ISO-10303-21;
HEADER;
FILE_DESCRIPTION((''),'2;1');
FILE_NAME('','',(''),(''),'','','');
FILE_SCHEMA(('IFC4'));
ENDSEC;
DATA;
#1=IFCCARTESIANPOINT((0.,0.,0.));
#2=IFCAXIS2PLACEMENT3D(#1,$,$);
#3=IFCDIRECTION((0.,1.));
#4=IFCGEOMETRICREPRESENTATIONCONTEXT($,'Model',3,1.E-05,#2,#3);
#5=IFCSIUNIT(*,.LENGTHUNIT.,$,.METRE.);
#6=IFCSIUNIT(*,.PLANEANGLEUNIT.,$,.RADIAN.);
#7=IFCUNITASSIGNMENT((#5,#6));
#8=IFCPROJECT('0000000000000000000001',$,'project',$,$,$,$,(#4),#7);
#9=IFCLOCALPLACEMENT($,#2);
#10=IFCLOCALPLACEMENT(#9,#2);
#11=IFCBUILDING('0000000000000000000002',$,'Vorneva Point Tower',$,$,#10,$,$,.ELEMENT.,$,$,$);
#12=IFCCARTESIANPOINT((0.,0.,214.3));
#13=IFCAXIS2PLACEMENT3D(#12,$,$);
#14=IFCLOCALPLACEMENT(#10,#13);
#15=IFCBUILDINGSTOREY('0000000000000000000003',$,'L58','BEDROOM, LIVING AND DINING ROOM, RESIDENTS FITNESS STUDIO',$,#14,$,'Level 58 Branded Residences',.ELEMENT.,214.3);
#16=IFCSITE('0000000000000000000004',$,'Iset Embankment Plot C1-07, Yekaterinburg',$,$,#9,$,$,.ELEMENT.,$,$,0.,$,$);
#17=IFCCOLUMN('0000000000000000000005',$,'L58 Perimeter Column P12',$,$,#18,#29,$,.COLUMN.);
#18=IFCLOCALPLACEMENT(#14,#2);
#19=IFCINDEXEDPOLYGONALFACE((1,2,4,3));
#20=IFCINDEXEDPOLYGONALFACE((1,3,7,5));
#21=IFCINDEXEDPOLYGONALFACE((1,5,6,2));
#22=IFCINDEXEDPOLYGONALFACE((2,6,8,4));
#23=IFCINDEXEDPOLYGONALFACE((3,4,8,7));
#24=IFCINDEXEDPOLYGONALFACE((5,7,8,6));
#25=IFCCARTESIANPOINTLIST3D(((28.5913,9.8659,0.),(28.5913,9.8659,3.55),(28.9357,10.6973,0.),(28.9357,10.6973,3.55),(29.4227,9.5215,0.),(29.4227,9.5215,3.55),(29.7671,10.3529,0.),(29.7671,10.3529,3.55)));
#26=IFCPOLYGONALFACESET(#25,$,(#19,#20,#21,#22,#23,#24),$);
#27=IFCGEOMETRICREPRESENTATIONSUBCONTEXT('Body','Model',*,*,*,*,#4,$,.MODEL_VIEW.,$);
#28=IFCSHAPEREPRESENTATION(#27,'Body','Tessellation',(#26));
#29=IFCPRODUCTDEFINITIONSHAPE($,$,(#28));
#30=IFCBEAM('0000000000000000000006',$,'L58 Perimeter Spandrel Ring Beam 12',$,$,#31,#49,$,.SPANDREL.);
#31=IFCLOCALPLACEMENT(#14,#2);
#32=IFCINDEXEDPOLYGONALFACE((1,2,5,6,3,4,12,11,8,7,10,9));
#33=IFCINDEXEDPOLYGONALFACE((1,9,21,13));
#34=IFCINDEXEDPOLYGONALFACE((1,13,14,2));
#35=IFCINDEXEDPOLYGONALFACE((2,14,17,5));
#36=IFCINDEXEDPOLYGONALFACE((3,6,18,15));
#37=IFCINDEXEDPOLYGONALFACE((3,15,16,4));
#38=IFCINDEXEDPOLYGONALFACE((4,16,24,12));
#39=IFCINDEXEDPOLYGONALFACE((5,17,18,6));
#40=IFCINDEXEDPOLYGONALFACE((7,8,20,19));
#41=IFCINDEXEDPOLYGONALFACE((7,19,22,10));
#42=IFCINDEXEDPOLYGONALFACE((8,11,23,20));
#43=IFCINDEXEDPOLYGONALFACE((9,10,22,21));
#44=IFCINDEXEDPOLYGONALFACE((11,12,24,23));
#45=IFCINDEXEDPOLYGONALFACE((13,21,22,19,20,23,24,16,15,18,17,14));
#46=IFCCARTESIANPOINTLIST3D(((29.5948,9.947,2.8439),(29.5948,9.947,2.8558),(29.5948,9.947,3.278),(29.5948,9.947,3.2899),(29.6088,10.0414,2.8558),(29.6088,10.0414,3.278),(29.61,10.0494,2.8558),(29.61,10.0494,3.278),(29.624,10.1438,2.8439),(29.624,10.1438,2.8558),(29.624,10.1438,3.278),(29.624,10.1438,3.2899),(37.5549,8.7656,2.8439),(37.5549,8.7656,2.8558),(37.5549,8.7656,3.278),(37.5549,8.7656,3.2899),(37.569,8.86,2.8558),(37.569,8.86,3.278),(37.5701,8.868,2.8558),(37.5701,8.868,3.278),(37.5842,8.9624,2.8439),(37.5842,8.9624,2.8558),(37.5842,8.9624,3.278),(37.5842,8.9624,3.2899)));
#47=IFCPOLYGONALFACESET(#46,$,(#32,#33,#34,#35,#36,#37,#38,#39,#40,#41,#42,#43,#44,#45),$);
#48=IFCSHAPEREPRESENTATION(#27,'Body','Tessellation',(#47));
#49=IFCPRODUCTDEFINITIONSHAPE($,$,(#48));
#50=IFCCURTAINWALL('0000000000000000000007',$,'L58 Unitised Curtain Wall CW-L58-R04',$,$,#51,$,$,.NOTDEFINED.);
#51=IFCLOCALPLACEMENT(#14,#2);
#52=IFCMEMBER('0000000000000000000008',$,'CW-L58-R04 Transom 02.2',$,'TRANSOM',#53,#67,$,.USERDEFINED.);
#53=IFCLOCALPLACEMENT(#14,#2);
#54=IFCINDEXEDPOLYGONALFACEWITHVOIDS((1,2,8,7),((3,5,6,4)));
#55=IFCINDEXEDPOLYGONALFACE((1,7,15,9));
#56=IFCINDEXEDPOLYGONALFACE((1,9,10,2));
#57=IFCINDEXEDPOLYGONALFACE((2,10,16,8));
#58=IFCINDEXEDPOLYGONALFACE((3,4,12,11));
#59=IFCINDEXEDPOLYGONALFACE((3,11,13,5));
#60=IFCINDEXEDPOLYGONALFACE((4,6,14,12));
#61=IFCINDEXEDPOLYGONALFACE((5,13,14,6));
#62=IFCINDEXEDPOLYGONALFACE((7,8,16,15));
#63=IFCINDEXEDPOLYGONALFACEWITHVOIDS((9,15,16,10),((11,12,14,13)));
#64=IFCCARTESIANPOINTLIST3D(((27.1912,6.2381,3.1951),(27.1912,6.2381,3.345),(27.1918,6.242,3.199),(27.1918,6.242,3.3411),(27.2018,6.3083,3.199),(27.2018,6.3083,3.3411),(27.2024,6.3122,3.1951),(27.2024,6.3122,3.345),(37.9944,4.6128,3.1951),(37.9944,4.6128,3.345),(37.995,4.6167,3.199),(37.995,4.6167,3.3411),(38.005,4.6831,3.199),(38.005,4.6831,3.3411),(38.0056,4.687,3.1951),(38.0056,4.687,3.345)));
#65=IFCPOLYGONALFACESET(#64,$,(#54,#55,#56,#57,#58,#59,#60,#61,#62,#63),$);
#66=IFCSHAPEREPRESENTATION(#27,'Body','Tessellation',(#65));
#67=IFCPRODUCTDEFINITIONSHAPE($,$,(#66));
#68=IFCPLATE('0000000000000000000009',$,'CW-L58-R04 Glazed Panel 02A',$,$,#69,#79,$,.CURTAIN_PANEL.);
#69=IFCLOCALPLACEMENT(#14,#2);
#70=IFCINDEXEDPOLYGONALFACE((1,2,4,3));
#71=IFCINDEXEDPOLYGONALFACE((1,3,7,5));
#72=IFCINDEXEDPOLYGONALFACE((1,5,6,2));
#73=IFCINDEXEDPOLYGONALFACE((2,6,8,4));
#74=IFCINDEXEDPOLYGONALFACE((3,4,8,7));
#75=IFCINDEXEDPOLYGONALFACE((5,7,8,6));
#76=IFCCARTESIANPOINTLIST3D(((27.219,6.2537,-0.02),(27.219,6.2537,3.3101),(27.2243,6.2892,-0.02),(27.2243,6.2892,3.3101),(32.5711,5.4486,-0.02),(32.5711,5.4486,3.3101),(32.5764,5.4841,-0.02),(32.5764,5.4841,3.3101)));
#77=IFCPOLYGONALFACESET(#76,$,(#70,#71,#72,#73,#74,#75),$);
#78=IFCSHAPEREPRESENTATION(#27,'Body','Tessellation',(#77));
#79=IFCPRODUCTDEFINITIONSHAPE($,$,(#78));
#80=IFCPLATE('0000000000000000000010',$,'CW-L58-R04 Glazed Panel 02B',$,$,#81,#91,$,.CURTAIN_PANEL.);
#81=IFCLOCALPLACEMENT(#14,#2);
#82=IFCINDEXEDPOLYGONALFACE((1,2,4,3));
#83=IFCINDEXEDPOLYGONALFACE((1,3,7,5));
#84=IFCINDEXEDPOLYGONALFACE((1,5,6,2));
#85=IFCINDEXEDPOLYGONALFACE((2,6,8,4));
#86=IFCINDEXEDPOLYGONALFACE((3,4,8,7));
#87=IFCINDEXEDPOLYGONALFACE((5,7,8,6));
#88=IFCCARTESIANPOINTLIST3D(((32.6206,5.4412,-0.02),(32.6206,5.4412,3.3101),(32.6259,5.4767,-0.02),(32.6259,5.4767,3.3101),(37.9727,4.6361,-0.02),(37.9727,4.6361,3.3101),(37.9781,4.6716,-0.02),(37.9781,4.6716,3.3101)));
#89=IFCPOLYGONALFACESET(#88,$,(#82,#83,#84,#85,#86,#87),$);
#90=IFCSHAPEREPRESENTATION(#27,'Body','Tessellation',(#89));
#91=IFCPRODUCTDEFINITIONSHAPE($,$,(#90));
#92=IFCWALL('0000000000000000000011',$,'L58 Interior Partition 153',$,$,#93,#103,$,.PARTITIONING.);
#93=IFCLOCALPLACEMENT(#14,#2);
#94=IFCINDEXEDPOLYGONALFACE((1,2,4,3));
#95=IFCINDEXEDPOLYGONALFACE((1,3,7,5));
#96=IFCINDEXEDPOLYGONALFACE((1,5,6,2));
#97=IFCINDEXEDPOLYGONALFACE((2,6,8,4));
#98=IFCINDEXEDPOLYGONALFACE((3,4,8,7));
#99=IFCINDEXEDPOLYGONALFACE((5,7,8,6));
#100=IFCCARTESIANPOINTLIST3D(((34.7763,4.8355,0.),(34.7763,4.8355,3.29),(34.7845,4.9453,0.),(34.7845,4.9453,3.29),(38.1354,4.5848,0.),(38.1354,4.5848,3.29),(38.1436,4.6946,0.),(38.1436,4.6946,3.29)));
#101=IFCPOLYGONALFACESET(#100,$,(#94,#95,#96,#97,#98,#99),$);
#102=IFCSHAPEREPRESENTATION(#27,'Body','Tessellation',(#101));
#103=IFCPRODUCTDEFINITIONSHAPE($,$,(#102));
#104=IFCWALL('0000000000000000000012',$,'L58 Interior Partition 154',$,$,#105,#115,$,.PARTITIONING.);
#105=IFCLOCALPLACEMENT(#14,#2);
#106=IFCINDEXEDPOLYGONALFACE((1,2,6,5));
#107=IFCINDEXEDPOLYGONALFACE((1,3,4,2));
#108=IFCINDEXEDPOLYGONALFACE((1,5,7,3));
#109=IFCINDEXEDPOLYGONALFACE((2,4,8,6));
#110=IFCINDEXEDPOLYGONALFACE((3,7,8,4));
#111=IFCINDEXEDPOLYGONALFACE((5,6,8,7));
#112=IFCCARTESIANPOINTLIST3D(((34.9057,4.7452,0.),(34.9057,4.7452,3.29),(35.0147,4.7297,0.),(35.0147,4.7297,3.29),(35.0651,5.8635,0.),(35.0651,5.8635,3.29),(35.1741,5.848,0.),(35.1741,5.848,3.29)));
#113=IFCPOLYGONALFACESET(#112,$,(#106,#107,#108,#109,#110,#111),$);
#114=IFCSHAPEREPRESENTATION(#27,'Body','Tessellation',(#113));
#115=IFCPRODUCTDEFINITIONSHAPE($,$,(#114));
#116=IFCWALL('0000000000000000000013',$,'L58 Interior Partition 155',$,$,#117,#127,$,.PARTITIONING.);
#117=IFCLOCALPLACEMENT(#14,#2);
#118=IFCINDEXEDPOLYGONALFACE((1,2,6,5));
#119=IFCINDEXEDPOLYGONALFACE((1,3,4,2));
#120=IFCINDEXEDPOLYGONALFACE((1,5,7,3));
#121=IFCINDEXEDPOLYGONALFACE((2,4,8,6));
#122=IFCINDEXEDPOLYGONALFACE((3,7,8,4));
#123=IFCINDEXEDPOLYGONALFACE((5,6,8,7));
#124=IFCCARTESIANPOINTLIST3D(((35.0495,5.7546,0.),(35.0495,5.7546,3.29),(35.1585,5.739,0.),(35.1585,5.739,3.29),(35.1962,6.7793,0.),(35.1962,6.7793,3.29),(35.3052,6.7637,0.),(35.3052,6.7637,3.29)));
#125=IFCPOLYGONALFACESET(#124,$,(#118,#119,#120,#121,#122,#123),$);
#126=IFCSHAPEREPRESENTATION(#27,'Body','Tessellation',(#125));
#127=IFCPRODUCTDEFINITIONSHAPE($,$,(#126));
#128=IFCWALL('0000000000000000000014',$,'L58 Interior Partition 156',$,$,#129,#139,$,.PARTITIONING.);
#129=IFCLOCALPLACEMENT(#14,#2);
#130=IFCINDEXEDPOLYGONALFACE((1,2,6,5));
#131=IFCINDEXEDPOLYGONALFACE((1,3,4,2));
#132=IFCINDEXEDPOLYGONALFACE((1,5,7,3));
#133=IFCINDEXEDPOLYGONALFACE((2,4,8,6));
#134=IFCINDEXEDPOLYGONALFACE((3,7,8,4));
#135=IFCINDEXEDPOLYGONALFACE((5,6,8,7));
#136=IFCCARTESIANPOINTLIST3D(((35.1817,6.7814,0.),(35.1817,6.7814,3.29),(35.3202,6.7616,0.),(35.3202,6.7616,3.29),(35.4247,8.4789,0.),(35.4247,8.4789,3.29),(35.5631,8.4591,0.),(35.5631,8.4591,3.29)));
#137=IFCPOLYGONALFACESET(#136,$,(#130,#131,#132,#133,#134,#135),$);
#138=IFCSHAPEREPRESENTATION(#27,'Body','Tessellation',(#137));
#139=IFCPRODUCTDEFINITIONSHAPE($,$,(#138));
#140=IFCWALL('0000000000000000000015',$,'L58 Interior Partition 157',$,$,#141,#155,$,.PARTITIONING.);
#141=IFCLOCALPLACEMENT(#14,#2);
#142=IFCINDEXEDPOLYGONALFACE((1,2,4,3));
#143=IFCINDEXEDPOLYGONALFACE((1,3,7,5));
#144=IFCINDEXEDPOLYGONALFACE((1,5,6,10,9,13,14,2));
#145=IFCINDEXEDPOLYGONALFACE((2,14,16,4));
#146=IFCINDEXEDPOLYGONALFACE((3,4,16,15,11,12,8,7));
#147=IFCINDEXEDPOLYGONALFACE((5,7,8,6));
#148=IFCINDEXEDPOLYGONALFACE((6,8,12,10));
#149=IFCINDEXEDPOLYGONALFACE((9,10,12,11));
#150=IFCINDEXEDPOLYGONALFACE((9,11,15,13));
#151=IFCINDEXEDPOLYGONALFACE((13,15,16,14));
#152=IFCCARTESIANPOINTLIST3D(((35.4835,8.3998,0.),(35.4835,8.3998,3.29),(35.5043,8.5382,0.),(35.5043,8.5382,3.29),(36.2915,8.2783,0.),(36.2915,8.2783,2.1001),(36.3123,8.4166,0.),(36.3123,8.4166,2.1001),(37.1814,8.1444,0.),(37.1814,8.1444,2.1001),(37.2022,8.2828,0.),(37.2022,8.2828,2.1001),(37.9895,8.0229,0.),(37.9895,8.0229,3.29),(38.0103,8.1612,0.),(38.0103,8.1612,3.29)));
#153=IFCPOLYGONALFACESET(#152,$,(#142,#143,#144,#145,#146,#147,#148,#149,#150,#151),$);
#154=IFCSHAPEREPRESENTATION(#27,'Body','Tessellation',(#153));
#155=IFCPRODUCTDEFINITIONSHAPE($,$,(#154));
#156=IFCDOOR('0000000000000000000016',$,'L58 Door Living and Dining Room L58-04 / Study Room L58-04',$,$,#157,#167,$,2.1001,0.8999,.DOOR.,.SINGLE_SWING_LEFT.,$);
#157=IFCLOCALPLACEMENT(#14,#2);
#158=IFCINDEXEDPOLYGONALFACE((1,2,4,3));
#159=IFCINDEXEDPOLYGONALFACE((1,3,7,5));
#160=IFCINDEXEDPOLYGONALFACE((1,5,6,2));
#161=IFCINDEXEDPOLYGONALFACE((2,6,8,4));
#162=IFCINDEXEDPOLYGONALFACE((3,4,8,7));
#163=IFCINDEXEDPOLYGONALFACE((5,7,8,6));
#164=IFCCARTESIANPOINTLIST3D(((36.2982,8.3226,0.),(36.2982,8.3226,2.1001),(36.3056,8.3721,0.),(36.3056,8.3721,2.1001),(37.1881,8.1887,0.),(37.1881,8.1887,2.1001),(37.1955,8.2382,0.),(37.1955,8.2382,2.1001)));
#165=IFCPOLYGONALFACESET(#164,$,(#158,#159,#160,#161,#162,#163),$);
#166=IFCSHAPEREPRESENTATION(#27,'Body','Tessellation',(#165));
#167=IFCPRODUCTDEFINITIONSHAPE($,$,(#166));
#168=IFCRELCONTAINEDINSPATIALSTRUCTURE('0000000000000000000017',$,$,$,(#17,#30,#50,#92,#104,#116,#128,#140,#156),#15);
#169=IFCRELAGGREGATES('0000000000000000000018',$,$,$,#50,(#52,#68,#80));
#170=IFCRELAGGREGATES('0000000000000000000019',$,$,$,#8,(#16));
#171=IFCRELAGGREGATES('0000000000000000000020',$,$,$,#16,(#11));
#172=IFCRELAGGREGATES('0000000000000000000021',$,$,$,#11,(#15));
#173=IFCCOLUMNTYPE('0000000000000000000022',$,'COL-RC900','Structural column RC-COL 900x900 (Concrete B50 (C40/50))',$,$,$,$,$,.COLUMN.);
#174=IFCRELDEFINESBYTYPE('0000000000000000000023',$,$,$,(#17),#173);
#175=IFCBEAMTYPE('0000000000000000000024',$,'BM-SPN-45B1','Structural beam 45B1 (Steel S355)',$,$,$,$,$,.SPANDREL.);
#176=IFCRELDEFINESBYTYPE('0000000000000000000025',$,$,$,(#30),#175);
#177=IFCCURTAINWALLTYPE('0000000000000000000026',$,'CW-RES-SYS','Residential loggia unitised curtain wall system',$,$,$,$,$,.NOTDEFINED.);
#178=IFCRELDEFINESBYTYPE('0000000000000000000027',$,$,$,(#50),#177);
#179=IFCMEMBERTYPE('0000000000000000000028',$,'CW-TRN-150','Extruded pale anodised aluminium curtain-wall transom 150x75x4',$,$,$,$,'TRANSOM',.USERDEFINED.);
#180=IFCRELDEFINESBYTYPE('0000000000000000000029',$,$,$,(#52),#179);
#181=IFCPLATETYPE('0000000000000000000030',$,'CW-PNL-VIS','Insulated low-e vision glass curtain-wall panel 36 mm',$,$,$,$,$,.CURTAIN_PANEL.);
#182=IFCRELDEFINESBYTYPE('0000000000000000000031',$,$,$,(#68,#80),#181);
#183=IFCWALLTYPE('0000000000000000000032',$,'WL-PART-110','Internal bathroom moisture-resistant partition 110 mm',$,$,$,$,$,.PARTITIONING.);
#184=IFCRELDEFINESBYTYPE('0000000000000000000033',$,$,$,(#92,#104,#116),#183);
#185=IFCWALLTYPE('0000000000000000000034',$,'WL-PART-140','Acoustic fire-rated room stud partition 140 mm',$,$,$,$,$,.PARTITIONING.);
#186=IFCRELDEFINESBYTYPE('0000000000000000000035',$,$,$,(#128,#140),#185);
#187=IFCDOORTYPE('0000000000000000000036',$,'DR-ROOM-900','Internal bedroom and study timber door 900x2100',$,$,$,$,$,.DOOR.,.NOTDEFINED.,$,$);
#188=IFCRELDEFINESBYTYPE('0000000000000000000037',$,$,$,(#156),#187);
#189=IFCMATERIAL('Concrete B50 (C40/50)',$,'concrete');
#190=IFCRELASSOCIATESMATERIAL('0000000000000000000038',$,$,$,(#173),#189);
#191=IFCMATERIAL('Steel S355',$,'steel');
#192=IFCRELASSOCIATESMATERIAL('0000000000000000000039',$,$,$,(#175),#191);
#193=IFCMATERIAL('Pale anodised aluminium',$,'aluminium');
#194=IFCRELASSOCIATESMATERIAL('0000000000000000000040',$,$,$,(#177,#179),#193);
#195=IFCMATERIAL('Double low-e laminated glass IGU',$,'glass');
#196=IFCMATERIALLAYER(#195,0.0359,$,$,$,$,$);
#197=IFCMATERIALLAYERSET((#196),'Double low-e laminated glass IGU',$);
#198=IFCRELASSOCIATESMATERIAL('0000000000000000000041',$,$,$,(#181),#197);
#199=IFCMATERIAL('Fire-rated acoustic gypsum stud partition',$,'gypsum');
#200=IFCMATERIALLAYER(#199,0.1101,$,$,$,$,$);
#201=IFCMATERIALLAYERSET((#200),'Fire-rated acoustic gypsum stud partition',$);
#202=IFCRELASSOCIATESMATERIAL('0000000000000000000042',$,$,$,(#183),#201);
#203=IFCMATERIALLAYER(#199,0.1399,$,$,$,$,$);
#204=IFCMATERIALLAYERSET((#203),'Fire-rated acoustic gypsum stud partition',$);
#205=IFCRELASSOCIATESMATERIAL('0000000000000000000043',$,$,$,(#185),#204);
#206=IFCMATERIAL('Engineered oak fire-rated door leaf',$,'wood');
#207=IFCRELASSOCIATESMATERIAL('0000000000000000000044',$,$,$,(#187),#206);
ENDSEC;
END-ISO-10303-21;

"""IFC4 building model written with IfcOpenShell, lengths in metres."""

from ifc_helpers import new_model, si_unit, direction, frame, frame_2d, origin, origin_2d, place, context, subcontext, project, spatial, rectangle, hollow_rectangle, i_section, extrude, material, layer, layer_set, material_profile, profile_set, type_object, element, fill, aggregate, save


model = new_model("IFC4")

# Units and contexts
model_context = context("Model", 3, precision=1e-05, world=origin(), true_north=direction((0.0, 1.0)))
body_context = subcontext(model_context, "Body", "Model", "MODEL_VIEW")
ifc_project = project(units=[si_unit("LENGTHUNIT", "METRE"), si_unit("PLANEANGLEUNIT", "RADIAN")], contexts=[model_context])

# Site, building, storey
site_placement = place(None, origin())
site = spatial("IfcSite", under=ifc_project, at=site_placement, Name="Iset Embankment Plot C1-07, Yekaterinburg", CompositionType="ELEMENT", RefElevation=0.0)
building_placement = place(site_placement, origin())
building = spatial("IfcBuilding", under=site, at=building_placement, Name="Vorneva Point Tower", CompositionType="ELEMENT")
storey_placement = place(building_placement, frame((0.0, 0.0, 214.3)))
storey = spatial("IfcBuildingStorey", under=building, at=storey_placement, Name="L58", Description="BEDROOM, LIVING AND DINING ROOM, RESIDENTS FITNESS STUDIO", LongName="Level 58 Branded Residences", CompositionType="ELEMENT", Elevation=214.3)

# Column
ifc_material_1 = material(Name="Concrete B50 (C40/50)", Category="concrete")
ifc_material_profile_1 = material_profile(ifc_material_1, rectangle(XDim=0.8999, YDim=0.8999, at=origin_2d()), Name="RC-COL 900x900")
ifc_profile_set_1 = profile_set([ifc_material_profile_1], Name="Concrete B50 (C40/50)")
column_type = type_object("IfcColumnType", Name="COL-RC900", Description="Structural column RC-COL 900x900 (Concrete B50 (C40/50))", PredefinedType="COLUMN", material=ifc_profile_set_1)
column_placement = place(storey_placement, frame((29.1792, 10.1094, 0.0), z_axis=(0.0, 0.0, 1.0), x_axis=(-0.382683, -0.92388, 0.0)))
element("IfcColumn", 1, at=column_placement, inside=storey, type_object=column_type, Name="L58 Perimeter Column P12", PredefinedType="COLUMN", context=body_context, shape_type="SweptSolid", body=[
    extrude(rectangle(XDim=0.8999, YDim=0.8999, at=origin_2d()), origin(), (0.0, 0.0, 1.0), 3.55),
])

# Beam
ifc_material_2 = material(Name="Steel S355", Category="steel")
ifc_material_profile_2 = material_profile(ifc_material_2, i_section(OverallWidth=0.199, OverallDepth=0.446, WebThickness=0.0081, FlangeThickness=0.012, at=origin_2d()), Name="45B1")
ifc_profile_set_2 = profile_set([ifc_material_profile_2], Name="Steel S355")
beam_type = type_object("IfcBeamType", Name="BM-SPN-45B1", Description="Structural beam 45B1 (Steel S355)", PredefinedType="SPANDREL", material=ifc_profile_set_2)
beam_placement = place(storey_placement, frame((29.6094, 10.0454, 3.0669), z_axis=(0.989165, -0.146805, 0.0), x_axis=(0.146805, 0.989165, 0.0)))
element("IfcBeam", 2, at=beam_placement, inside=storey, type_object=beam_type, Name="L58 Perimeter Spandrel Ring Beam 12", PredefinedType="SPANDREL", context=body_context, shape_type="SweptSolid", body=[
    extrude(i_section(OverallWidth=0.199, OverallDepth=0.446, WebThickness=0.0081, FlangeThickness=0.012, at=origin_2d()), origin(), (0.0, 0.0, 1.0), 8.0474),
])

# Curtain wall, member, plates
ifc_material_3 = material(Name="Pale anodised aluminium", Category="aluminium")
curtain_wall_type = type_object("IfcCurtainWallType", Name="CW-RES-SYS", Description="Residential loggia unitised curtain wall system", PredefinedType="NOTDEFINED", material=ifc_material_3)
curtain_wall_placement = place(storey_placement, origin())
curtain_wall = element("IfcCurtainWall", 3, at=curtain_wall_placement, inside=storey, type_object=curtain_wall_type, Name="L58 Unitised Curtain Wall CW-L58-R04", PredefinedType="NOTDEFINED")
ifc_material_profile_3 = material_profile(ifc_material_3, hollow_rectangle(XDim=0.075, YDim=0.1499, WallThickness=0.0039, at=origin_2d()), Name="AL-TRN 150x75x4")
ifc_profile_set_3 = profile_set([ifc_material_profile_3], Name="Pale anodised aluminium")
member_type = type_object("IfcMemberType", Name="CW-TRN-150", Description="Extruded pale anodised aluminium curtain-wall transom 150x75x4", ElementType="TRANSOM", PredefinedType="USERDEFINED", material=ifc_profile_set_3)
member_placement = place(storey_placement, frame((27.1968, 6.2751, 3.27), z_axis=(0.988872, -0.148767, 0.0), x_axis=(0.148767, 0.988872, 0.0)))
member = element("IfcMember", 4, at=member_placement, type_object=member_type, Name="CW-L58-R04 Transom 02.2", ObjectType="TRANSOM", PredefinedType="USERDEFINED", context=body_context, shape_type="SweptSolid", body=[
    extrude(hollow_rectangle(XDim=0.075, YDim=0.1499, WallThickness=0.0039, at=origin_2d()), origin(), (0.0, 0.0, 1.0), 10.9248),
])
ifc_material_4 = material(Name="Double low-e laminated glass IGU", Category="glass")
ifc_layer_1 = layer(ifc_material_4, 0.0359)
ifc_layer_set_1 = layer_set([ifc_layer_1], Name="Double low-e laminated glass IGU")
plate_type = type_object("IfcPlateType", Name="CW-PNL-VIS", Description="Insulated low-e vision glass curtain-wall panel 36 mm", PredefinedType="CURTAIN_PANEL", material=ifc_layer_set_1)
plate_1_placement = place(storey_placement, frame((29.8977, 5.8689, -0.02), z_axis=(0.0, 0.0, 1.0), x_axis=(0.988874, -0.148759, 0.0)))
plate_1 = element("IfcPlate", 5, at=plate_1_placement, type_object=plate_type, Name="CW-L58-R04 Glazed Panel 02A", PredefinedType="CURTAIN_PANEL", context=body_context, shape_type="SweptSolid", body=[
    extrude(rectangle(XDim=5.4124, YDim=0.0359, at=origin_2d()), origin(), (0.0, 0.0, 1.0), 3.3301),
])
plate_2_placement = place(storey_placement, frame((35.2993, 5.0564, -0.02), z_axis=(0.0, 0.0, 1.0), x_axis=(0.988874, -0.148759, 0.0)))
plate_2 = element("IfcPlate", 6, at=plate_2_placement, type_object=plate_type, Name="CW-L58-R04 Glazed Panel 02B", PredefinedType="CURTAIN_PANEL", context=body_context, shape_type="SweptSolid", body=[
    extrude(rectangle(XDim=5.4124, YDim=0.0359, at=origin_2d()), origin(), (0.0, 0.0, 1.0), 3.3301),
])
aggregate(curtain_wall, [member, plate_1, plate_2])

# Walls
ifc_material_5 = material(Name="Fire-rated acoustic gypsum stud partition", Category="gypsum")
ifc_layer_2 = layer(ifc_material_5, 0.1101)
ifc_layer_set_2 = layer_set([ifc_layer_2], Name="Fire-rated acoustic gypsum stud partition")
wall_type_1 = type_object("IfcWallType", Name="WL-PART-110", Description="Internal bathroom moisture-resistant partition 110 mm", PredefinedType="PARTITIONING", material=ifc_layer_set_2)
wall_1_placement = place(storey_placement, frame((34.7805, 4.8904, 0.0), z_axis=(0.0, 0.0, 1.0), x_axis=(0.997226, -0.074435, 0.0)))
element("IfcWall", 7, at=wall_1_placement, inside=storey, type_object=wall_type_1, Name="L58 Interior Partition 153", PredefinedType="PARTITIONING", context=body_context, shape_type="SweptSolid", body=[
    extrude(rectangle(XDim=3.3684, YDim=0.1101, at=frame_2d((1.6841, 0.0))), origin(), (0.0, 0.0, 1.0), 3.29),
])
wall_2_placement = place(storey_placement, frame((34.9602, 4.7373, 0.0), z_axis=(0.0, 0.0, 1.0), x_axis=(0.141119, 0.989993, 0.0)))
element("IfcWall", 8, at=wall_2_placement, inside=storey, type_object=wall_type_1, Name="L58 Interior Partition 154", PredefinedType="PARTITIONING", context=body_context, shape_type="SweptSolid", body=[
    extrude(rectangle(XDim=1.1296, YDim=0.1101, at=frame_2d((0.5649, 0.0))), origin(), (0.0, 0.0, 1.0), 3.29),
])
wall_3_placement = place(storey_placement, frame((35.104, 5.7468, 0.0), z_axis=(0.0, 0.0, 1.0), x_axis=(0.141752, 0.989902, 0.0)))
element("IfcWall", 9, at=wall_3_placement, inside=storey, type_object=wall_type_1, Name="L58 Interior Partition 155", PredefinedType="PARTITIONING", context=body_context, shape_type="SweptSolid", body=[
    extrude(rectangle(XDim=1.0352, YDim=0.1101, at=frame_2d((0.5176, 0.0))), origin(), (0.0, 0.0, 1.0), 3.29),
])
ifc_layer_3 = layer(ifc_material_5, 0.1399)
ifc_layer_set_3 = layer_set([ifc_layer_3], Name="Fire-rated acoustic gypsum stud partition")
wall_type_2 = type_object("IfcWallType", Name="WL-PART-140", Description="Acoustic fire-rated room stud partition 140 mm", PredefinedType="PARTITIONING", material=ifc_layer_set_3)
wall_4_placement = place(storey_placement, frame((35.251, 6.7715, 0.0), z_axis=(0.0, 0.0, 1.0), x_axis=(0.141661, 0.989915, 0.0)))
element("IfcWall", 10, at=wall_4_placement, inside=storey, type_object=wall_type_2, Name="L58 Interior Partition 156", PredefinedType="PARTITIONING", context=body_context, shape_type="SweptSolid", body=[
    extrude(rectangle(XDim=1.7148, YDim=0.1399, at=frame_2d((0.8574, 0.0))), origin(), (0.0, 0.0, 1.0), 3.29),
])

# Wall, opening, door
wall_5_placement = place(storey_placement, frame((35.4939, 8.469, 0.0), z_axis=(0.0, 0.0, 1.0), x_axis=(0.988876, -0.148741, 0.0)))
wall_5 = element("IfcWall", 11, at=wall_5_placement, inside=storey, type_object=wall_type_2, Name="L58 Interior Partition 157", PredefinedType="PARTITIONING", context=body_context, shape_type="SweptSolid", body=[
    extrude(rectangle(XDim=2.5342, YDim=0.1399, at=frame_2d((1.2671, 0.0))), origin(), (0.0, 0.0, 1.0), 3.29),
])
opening_placement = place(wall_5_placement, frame((0.8171, 0.0, 0.0)))
opening = element("IfcOpeningElement", 12, at=opening_placement, cuts=wall_5, PredefinedType="OPENING", context=body_context, shape_type="SweptSolid", body=[
    extrude(rectangle(XDim=0.8999, YDim=2.1001, at=frame_2d((0.45, 1.05))), frame((0.0, 0.085, 0.0), z_axis=(0.0, -1.0, 0.0), x_axis=(1.0, 0.0, 0.0)), (0.0, 0.0, 1.0), 0.1697),
])
ifc_material_6 = material(Name="Engineered oak fire-rated door leaf", Category="wood")
door_type = type_object("IfcDoorType", Name="DR-ROOM-900", Description="Internal bedroom and study timber door 900x2100", OperationType="NOTDEFINED", PredefinedType="DOOR", material=ifc_material_6)
door_placement = place(opening_placement, origin())
door = element("IfcDoor", 13, at=door_placement, inside=storey, type_object=door_type, Name="L58 Door Living and Dining Room L58-04 / Study Room L58-04", OperationType="SINGLE_SWING_LEFT", OverallHeight=2.1001, OverallWidth=0.8999, PredefinedType="DOOR", context=body_context, shape_type="SweptSolid", body=[
    extrude(rectangle(XDim=0.8999, YDim=2.1001, at=frame_2d((0.45, 1.05))), frame((0.0, 0.0249, 0.0), z_axis=(0.0, -1.0, 0.0), x_axis=(1.0, 0.0, 0.0)), (0.0, 0.0, 1.0), 0.05),
])
fill(opening, door)

save(model, "model.ifc")
